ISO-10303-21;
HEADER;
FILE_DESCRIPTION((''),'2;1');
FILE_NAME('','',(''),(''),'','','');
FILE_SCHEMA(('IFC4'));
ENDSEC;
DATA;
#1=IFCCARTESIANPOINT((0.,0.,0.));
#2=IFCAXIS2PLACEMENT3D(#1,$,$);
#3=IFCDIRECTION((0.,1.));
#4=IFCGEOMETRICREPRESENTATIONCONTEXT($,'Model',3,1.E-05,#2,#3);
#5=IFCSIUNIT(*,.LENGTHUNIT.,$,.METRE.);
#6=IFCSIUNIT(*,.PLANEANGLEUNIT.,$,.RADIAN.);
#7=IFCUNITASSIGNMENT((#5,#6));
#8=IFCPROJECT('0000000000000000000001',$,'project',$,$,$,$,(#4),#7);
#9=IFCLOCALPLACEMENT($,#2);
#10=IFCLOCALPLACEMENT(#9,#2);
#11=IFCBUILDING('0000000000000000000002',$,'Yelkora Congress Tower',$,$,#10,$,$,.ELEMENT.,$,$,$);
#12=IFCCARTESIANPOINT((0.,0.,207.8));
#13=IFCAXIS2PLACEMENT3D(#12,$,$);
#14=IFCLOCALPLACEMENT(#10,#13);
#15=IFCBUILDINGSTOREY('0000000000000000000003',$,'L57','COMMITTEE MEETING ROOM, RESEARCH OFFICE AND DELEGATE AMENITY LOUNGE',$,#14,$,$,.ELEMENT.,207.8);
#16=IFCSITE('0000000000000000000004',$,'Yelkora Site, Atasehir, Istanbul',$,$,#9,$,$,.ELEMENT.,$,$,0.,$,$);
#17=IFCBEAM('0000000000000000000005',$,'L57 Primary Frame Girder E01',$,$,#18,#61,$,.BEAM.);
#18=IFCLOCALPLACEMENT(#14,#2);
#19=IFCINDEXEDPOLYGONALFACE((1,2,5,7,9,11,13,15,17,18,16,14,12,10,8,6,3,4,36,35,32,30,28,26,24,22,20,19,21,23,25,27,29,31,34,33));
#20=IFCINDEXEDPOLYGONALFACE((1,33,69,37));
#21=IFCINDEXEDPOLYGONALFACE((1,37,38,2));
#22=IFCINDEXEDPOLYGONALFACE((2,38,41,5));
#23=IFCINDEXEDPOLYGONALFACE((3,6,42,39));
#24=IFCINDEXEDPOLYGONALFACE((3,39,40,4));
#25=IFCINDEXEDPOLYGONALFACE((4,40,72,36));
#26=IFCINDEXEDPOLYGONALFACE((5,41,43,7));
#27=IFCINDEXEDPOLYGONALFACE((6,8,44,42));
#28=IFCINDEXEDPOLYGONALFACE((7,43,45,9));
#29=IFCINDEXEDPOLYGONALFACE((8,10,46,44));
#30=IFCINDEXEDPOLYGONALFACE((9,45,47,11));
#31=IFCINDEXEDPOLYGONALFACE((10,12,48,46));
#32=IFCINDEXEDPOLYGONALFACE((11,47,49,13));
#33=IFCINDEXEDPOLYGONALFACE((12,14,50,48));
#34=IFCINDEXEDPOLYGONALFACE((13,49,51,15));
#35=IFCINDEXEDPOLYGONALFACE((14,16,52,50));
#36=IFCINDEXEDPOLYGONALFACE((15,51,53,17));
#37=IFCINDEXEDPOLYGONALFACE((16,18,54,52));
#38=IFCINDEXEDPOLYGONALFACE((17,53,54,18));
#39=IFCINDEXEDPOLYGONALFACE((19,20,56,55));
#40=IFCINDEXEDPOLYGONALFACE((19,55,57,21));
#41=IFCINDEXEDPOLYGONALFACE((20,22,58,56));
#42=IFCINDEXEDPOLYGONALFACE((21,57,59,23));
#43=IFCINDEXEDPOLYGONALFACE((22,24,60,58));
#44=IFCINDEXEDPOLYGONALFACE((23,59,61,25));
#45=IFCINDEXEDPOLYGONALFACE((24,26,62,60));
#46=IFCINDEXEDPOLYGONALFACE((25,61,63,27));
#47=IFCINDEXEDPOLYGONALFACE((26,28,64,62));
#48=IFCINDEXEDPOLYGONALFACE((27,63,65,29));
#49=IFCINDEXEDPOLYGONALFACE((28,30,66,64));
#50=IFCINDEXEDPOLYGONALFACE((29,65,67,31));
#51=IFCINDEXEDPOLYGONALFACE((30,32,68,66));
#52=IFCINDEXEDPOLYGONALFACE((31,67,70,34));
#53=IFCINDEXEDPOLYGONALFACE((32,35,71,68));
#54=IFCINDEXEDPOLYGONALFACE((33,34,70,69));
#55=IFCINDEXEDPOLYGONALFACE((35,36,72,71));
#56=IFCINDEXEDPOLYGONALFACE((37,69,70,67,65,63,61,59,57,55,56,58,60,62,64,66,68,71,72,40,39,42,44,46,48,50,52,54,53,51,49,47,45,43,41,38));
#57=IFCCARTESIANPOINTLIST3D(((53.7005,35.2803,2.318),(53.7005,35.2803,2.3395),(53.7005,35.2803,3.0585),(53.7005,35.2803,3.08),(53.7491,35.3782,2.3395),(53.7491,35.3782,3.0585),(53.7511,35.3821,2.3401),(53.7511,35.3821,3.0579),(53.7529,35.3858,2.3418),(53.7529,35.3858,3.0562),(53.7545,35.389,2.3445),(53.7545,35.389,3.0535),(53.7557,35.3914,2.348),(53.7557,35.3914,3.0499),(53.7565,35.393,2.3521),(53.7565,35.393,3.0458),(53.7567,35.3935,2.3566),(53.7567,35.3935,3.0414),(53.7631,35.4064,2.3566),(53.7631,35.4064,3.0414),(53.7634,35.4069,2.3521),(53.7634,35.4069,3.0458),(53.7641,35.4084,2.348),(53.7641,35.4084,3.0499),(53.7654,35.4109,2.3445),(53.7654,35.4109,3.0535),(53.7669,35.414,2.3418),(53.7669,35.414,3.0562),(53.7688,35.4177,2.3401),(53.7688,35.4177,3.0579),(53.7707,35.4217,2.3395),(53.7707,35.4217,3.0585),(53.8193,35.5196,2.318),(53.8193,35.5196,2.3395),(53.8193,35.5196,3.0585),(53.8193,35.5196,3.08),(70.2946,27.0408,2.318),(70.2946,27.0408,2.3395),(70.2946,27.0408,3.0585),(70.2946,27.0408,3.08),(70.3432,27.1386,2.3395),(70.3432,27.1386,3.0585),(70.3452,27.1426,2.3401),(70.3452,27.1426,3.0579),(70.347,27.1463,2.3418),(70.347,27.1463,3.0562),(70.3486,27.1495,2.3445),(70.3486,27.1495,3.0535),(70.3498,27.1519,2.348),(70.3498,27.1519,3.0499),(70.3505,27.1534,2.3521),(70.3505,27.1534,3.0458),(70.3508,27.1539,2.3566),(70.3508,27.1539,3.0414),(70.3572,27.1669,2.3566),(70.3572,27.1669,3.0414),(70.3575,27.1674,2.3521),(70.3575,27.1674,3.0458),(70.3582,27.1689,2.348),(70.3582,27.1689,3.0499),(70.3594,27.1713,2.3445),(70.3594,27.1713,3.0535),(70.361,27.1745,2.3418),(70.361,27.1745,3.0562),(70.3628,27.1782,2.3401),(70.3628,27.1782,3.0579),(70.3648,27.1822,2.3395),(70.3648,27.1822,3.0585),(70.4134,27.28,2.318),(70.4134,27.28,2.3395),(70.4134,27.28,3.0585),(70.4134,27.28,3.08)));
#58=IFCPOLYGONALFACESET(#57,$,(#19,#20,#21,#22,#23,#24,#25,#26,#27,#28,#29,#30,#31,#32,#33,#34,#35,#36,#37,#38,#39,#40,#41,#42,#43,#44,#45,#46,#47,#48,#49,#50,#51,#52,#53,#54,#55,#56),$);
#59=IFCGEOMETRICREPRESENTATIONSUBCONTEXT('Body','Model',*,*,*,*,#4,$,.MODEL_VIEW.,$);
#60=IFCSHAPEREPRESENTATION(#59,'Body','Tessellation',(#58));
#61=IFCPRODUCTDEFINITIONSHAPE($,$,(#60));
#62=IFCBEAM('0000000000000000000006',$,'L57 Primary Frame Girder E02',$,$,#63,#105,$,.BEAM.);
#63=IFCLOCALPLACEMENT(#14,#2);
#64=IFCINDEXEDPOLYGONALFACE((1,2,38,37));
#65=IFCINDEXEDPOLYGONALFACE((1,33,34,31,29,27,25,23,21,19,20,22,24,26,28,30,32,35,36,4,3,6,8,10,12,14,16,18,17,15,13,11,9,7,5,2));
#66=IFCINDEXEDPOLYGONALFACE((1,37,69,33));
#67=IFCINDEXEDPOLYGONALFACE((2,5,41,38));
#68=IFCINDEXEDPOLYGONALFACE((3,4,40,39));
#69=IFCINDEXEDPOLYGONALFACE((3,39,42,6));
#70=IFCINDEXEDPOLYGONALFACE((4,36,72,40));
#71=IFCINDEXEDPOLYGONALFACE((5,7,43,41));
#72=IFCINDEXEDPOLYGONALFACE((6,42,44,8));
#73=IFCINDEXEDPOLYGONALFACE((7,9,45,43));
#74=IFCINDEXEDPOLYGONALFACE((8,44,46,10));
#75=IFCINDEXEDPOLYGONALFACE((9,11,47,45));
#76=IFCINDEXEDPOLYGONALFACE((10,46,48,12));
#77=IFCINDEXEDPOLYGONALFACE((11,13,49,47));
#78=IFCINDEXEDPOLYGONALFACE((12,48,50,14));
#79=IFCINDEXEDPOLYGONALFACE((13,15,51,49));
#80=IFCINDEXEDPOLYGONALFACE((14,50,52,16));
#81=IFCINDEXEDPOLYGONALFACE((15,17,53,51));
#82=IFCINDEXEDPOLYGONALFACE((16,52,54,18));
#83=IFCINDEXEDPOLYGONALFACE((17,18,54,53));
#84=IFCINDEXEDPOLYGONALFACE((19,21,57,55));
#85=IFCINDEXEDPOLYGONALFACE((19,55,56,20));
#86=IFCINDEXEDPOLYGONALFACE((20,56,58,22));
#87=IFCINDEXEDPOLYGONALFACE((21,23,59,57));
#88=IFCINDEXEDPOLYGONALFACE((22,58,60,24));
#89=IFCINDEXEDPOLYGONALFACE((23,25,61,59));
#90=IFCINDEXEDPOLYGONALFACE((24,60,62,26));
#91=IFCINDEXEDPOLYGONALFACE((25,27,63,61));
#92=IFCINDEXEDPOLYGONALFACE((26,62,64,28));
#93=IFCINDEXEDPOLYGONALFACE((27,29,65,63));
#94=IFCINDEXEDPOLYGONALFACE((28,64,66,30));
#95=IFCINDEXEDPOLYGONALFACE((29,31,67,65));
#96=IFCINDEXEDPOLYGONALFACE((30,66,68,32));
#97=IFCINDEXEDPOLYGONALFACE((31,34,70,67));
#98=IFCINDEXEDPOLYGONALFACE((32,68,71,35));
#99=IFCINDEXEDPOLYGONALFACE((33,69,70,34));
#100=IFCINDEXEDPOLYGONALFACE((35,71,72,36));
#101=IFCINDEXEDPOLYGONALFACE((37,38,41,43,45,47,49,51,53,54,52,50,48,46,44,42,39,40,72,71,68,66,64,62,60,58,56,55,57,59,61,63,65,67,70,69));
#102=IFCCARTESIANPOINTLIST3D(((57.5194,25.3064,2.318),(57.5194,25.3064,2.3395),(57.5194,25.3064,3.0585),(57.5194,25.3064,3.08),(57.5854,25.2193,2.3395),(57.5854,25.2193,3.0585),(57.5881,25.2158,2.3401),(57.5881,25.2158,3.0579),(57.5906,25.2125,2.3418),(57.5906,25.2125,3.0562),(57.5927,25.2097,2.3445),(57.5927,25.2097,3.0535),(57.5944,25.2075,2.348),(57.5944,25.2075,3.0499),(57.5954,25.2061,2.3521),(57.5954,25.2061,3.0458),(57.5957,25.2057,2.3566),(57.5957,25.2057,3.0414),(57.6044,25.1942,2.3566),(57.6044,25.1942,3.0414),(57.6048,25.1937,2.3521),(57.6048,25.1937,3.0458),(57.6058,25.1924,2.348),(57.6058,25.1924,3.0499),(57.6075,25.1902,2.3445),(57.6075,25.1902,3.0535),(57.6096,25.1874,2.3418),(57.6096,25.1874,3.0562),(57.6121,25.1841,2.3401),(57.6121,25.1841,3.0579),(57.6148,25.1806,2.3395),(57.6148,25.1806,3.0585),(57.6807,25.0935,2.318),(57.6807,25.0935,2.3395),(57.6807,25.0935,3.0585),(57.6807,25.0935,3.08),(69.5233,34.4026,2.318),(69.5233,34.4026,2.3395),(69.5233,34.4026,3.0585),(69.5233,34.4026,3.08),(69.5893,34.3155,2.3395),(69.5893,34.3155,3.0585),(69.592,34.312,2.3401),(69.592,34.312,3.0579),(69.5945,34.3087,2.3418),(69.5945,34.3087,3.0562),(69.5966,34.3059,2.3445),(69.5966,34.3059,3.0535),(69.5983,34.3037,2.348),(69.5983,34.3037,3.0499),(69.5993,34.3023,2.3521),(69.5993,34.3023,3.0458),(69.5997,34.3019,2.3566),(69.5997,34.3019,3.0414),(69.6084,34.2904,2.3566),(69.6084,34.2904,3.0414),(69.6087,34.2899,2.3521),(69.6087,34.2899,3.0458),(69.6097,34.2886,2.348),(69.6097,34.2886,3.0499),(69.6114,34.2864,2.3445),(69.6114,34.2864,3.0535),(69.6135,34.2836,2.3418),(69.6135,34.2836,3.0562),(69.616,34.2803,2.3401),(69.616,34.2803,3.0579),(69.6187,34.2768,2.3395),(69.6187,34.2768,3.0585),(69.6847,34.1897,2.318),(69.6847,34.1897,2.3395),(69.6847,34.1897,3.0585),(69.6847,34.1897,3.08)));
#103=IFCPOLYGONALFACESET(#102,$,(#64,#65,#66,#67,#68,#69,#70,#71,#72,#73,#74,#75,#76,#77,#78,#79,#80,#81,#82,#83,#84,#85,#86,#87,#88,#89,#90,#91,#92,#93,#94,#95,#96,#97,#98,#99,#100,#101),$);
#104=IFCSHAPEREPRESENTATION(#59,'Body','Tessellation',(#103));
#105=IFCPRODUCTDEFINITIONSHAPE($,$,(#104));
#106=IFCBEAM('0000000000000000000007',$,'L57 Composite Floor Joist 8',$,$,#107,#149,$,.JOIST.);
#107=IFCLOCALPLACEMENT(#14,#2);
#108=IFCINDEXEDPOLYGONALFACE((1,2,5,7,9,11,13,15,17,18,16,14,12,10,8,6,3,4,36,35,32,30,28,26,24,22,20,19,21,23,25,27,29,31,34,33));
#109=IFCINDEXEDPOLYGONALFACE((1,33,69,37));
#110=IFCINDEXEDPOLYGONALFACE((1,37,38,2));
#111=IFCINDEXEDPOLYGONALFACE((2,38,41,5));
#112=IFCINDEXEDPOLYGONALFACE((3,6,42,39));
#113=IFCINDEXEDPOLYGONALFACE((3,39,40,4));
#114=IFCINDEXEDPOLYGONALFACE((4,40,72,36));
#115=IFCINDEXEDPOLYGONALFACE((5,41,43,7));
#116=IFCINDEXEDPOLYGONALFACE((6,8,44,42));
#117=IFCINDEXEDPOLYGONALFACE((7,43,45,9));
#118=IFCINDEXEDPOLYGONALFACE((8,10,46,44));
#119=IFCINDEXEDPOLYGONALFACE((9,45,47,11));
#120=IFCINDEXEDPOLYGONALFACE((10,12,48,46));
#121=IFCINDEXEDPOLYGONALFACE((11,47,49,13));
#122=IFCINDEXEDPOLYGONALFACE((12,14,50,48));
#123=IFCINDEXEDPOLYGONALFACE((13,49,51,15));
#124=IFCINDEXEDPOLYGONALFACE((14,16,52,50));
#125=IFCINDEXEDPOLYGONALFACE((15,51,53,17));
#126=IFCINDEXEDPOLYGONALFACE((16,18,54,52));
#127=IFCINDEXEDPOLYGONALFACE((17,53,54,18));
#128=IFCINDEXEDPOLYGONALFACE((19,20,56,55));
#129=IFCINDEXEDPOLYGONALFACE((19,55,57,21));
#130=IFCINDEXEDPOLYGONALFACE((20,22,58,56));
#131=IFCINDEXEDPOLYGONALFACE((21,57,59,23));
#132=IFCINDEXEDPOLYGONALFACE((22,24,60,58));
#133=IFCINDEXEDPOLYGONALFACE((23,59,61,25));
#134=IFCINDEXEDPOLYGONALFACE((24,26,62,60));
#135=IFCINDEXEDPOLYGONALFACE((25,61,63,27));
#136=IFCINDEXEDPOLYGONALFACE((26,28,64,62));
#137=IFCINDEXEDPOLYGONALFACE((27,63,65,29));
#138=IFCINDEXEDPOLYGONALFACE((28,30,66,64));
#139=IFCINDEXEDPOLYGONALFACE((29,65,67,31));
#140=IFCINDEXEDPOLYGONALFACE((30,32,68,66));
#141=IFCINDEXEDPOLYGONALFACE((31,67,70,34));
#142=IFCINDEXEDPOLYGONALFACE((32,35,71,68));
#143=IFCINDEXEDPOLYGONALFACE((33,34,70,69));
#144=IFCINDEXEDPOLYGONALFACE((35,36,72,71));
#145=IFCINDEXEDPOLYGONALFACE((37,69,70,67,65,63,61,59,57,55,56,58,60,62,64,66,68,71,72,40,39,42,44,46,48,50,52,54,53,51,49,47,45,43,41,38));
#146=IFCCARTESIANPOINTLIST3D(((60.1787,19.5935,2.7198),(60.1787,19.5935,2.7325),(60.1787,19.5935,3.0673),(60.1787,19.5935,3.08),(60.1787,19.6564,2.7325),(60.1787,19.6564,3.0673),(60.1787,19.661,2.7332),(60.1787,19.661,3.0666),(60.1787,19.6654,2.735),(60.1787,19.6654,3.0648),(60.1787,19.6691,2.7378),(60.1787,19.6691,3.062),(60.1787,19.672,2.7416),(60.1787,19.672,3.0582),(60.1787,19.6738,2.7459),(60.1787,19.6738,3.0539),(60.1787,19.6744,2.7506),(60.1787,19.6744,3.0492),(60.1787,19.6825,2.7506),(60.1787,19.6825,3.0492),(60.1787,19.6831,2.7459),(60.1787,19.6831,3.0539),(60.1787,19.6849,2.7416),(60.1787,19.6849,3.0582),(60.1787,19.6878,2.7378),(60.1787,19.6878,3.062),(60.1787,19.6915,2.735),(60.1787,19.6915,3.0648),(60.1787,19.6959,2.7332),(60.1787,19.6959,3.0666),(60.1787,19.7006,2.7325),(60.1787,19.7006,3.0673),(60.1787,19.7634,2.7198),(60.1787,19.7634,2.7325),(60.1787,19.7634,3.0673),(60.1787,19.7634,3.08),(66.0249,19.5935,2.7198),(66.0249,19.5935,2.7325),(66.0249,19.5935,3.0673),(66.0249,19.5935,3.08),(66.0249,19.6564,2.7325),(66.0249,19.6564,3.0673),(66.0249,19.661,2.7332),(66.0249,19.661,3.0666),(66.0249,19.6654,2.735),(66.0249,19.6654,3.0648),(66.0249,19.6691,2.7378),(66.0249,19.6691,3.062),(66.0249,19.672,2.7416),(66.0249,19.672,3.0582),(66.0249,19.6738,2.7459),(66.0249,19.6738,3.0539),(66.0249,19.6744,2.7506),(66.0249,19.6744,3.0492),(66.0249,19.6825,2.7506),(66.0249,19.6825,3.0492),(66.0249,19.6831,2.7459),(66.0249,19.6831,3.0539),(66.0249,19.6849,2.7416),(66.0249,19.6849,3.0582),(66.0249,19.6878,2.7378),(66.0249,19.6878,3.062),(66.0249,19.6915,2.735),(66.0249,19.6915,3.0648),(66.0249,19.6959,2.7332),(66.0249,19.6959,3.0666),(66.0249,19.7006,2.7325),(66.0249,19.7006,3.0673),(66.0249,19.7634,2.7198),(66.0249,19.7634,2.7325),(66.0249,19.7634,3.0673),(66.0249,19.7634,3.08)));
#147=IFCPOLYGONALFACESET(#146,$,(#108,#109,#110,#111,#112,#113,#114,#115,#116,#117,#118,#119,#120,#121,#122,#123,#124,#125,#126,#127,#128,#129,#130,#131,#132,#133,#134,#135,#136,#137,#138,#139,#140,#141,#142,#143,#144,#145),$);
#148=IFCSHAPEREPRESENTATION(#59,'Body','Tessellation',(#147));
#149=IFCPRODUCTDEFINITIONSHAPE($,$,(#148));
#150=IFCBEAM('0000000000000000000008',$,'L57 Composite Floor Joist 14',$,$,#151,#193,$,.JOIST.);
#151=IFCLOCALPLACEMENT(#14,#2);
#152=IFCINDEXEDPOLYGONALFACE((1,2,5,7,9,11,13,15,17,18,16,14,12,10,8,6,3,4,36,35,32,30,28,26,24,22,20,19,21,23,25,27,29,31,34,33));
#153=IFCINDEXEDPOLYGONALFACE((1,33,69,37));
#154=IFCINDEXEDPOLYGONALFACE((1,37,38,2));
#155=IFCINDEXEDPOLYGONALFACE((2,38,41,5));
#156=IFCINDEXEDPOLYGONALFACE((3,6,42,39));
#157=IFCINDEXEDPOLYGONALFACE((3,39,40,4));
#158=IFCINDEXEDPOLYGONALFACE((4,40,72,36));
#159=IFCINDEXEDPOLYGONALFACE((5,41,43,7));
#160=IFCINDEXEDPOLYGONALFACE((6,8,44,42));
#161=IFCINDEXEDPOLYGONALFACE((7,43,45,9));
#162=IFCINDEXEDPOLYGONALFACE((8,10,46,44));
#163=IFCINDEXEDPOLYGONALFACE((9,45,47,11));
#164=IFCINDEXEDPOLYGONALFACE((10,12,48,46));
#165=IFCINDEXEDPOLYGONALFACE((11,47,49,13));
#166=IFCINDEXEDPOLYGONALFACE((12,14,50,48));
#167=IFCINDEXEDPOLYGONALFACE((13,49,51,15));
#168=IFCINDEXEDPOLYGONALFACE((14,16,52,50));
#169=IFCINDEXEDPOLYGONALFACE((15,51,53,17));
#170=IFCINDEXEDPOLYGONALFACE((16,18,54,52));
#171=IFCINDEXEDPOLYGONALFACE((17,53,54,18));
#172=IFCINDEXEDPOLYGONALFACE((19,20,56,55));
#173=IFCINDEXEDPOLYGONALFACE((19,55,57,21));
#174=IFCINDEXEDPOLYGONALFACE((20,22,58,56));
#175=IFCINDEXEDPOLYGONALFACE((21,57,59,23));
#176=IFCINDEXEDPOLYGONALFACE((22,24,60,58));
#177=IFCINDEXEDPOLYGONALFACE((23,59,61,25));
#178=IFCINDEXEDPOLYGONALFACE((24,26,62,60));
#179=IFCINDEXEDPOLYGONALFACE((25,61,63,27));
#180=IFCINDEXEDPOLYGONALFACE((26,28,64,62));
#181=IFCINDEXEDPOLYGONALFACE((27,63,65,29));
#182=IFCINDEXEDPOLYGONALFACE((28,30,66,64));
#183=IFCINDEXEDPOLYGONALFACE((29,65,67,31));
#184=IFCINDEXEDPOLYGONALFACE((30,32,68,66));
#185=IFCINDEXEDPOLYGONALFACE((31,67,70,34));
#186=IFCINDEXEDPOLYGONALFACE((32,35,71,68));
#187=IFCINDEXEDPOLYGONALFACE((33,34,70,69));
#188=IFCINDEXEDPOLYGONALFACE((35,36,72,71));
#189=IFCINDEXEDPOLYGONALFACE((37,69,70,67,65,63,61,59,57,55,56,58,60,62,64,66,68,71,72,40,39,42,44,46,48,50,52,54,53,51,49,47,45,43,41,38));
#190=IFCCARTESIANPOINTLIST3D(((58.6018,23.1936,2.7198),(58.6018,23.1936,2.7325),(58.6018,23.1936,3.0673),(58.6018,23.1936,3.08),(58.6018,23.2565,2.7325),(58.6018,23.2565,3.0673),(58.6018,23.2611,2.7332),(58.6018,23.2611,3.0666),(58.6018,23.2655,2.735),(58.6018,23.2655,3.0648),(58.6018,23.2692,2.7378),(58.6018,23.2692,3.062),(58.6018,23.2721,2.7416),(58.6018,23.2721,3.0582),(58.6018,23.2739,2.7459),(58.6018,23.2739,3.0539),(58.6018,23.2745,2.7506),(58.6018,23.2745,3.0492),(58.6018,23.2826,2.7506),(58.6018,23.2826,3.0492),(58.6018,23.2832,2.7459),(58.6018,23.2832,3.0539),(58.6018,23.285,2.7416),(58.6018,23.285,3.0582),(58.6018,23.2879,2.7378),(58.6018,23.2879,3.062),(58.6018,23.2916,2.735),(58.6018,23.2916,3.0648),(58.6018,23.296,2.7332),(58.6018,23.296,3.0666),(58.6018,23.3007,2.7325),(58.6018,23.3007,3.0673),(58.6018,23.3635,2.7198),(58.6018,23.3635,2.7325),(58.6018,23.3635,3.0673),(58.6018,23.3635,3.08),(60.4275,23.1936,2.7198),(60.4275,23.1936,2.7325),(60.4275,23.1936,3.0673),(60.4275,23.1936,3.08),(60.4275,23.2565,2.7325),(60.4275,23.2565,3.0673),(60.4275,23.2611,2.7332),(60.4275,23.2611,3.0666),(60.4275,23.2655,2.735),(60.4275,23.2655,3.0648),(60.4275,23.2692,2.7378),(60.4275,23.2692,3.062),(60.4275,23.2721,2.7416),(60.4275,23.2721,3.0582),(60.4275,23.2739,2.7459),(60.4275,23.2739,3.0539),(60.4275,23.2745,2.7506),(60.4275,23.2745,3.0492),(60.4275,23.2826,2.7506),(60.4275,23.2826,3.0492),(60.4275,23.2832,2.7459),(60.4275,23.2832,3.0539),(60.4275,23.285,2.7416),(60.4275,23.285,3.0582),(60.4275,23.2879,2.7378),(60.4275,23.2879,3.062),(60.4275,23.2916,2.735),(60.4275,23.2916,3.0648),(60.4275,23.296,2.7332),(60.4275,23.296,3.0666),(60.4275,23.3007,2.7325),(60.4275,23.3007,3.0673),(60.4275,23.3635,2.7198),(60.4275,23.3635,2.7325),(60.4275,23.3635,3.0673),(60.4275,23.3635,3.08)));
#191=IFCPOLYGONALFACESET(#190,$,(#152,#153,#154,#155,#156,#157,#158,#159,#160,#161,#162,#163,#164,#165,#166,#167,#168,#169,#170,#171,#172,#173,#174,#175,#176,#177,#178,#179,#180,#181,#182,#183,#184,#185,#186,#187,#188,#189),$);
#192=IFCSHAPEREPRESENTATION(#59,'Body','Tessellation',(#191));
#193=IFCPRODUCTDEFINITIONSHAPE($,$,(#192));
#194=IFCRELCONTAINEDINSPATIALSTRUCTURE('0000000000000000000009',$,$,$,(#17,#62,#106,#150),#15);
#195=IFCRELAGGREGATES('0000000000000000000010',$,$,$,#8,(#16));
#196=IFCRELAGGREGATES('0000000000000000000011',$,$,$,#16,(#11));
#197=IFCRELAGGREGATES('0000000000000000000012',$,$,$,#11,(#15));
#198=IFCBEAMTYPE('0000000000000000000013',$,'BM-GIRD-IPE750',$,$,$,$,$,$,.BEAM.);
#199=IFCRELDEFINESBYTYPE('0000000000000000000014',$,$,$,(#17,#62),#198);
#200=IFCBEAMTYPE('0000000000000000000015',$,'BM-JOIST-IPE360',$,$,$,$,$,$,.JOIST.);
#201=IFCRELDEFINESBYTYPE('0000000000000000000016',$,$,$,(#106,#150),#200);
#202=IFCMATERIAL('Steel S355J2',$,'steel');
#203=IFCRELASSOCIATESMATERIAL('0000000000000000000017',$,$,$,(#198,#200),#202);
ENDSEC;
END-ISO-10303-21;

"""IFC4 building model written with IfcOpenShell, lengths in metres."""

from ifc_helpers import new_model, si_unit, direction, frame, origin, origin_2d, place, context, subcontext, project, spatial, i_section, extrude, material, material_profile, profile_set, type_object, element, save


model = new_model("IFC4")

# Units and contexts
model_context = context("Model", 3, precision=1e-05, world=origin(), true_north=direction((0.0, 1.0)))
body_context = subcontext(model_context, "Body", "Model", "MODEL_VIEW")
ifc_project = project(units=[si_unit("LENGTHUNIT", "METRE"), si_unit("PLANEANGLEUNIT", "RADIAN")], contexts=[model_context])

# Site, building, storey
site_placement = place(None, origin())
site = spatial("IfcSite", under=ifc_project, at=site_placement, Name="Yelkora Site, Atasehir, Istanbul", CompositionType="ELEMENT", RefElevation=0.0)
building_placement = place(site_placement, origin())
building = spatial("IfcBuilding", under=site, at=building_placement, Name="Yelkora Congress Tower", CompositionType="ELEMENT")
storey_placement = place(building_placement, frame((0.0, 0.0, 207.8)))
storey = spatial("IfcBuildingStorey", under=building, at=storey_placement, Name="L57", Description="COMMITTEE MEETING ROOM, RESEARCH OFFICE AND DELEGATE AMENITY LOUNGE", CompositionType="ELEMENT", Elevation=207.8)

# Shared definitions
ifc_material_1 = material(Name="Steel S355J2", Category="steel")

# Beams
ifc_material_profile_1 = material_profile(ifc_material_1, i_section(OverallWidth=0.2671, OverallDepth=0.762, WebThickness=0.0144, FlangeThickness=0.0215, FilletRadius=0.0171, at=origin_2d()), Name="IPE 750x173")
ifc_profile_set_1 = profile_set([ifc_material_profile_1], Name="Steel S355J2")
beam_type_1 = type_object("IfcBeamType", Name="BM-GIRD-IPE750", PredefinedType="BEAM", material=ifc_profile_set_1)
beam_1_placement = place(storey_placement, frame((70.354, 27.1604, 2.699), z_axis=(-0.895665, 0.444729, 0.0), x_axis=(-0.444729, -0.895665, 0.0)))
element("IfcBeam", 1, at=beam_1_placement, inside=storey, type_object=beam_type_1, Name="L57 Primary Frame Girder E01", PredefinedType="BEAM", context=body_context, shape_type="SweptSolid", body=[
    extrude(i_section(OverallWidth=0.2671, OverallDepth=0.762, WebThickness=0.0144, FlangeThickness=0.0215, FilletRadius=0.0171, at=origin_2d()), origin(), (0.0, 0.0, 1.0), 18.5271),
])
beam_2_placement = place(storey_placement, frame((69.604, 34.2961, 2.699), z_axis=(-0.797018, -0.603956, 0.0), x_axis=(0.603956, -0.797018, 0.0)))
element("IfcBeam", 2, at=beam_2_placement, inside=storey, type_object=beam_type_1, Name="L57 Primary Frame Girder E02", PredefinedType="BEAM", context=body_context, shape_type="SweptSolid", body=[
    extrude(i_section(OverallWidth=0.2671, OverallDepth=0.762, WebThickness=0.0144, FlangeThickness=0.0215, FilletRadius=0.0171, at=origin_2d()), origin(), (0.0, 0.0, 1.0), 15.061),
])
ifc_material_profile_2 = material_profile(ifc_material_1, i_section(OverallWidth=0.1699, OverallDepth=0.3601, WebThickness=0.0081, FlangeThickness=0.0127, FilletRadius=0.0181, at=origin_2d()), Name="IPE 360")
ifc_profile_set_2 = profile_set([ifc_material_profile_2], Name="Steel S355J2")
beam_type_2 = type_object("IfcBeamType", Name="BM-JOIST-IPE360", PredefinedType="JOIST", material=ifc_profile_set_2)
beam_3_placement = place(storey_placement, frame((60.1787, 19.6785, 2.8999), z_axis=(1.0, 0.0, 0.0), x_axis=(0.0, 1.0, 0.0)))
element("IfcBeam", 3, at=beam_3_placement, inside=storey, type_object=beam_type_2, Name="L57 Composite Floor Joist 8", PredefinedType="JOIST", context=body_context, shape_type="SweptSolid", body=[
    extrude(i_section(OverallWidth=0.1699, OverallDepth=0.3601, WebThickness=0.0081, FlangeThickness=0.0127, FilletRadius=0.0181, at=origin_2d()), origin(), (0.0, 0.0, 1.0), 5.8462),
])
beam_4_placement = place(storey_placement, frame((58.6018, 23.2786, 2.8999), z_axis=(1.0, 0.0, 0.0), x_axis=(0.0, 1.0, 0.0)))
element("IfcBeam", 4, at=beam_4_placement, inside=storey, type_object=beam_type_2, Name="L57 Composite Floor Joist 14", PredefinedType="JOIST", context=body_context, shape_type="SweptSolid", body=[
    extrude(i_section(OverallWidth=0.1699, OverallDepth=0.3601, WebThickness=0.0081, FlangeThickness=0.0127, FilletRadius=0.0181, at=origin_2d()), origin(), (0.0, 0.0, 1.0), 1.8257),
])

save(model, "model.ifc")
